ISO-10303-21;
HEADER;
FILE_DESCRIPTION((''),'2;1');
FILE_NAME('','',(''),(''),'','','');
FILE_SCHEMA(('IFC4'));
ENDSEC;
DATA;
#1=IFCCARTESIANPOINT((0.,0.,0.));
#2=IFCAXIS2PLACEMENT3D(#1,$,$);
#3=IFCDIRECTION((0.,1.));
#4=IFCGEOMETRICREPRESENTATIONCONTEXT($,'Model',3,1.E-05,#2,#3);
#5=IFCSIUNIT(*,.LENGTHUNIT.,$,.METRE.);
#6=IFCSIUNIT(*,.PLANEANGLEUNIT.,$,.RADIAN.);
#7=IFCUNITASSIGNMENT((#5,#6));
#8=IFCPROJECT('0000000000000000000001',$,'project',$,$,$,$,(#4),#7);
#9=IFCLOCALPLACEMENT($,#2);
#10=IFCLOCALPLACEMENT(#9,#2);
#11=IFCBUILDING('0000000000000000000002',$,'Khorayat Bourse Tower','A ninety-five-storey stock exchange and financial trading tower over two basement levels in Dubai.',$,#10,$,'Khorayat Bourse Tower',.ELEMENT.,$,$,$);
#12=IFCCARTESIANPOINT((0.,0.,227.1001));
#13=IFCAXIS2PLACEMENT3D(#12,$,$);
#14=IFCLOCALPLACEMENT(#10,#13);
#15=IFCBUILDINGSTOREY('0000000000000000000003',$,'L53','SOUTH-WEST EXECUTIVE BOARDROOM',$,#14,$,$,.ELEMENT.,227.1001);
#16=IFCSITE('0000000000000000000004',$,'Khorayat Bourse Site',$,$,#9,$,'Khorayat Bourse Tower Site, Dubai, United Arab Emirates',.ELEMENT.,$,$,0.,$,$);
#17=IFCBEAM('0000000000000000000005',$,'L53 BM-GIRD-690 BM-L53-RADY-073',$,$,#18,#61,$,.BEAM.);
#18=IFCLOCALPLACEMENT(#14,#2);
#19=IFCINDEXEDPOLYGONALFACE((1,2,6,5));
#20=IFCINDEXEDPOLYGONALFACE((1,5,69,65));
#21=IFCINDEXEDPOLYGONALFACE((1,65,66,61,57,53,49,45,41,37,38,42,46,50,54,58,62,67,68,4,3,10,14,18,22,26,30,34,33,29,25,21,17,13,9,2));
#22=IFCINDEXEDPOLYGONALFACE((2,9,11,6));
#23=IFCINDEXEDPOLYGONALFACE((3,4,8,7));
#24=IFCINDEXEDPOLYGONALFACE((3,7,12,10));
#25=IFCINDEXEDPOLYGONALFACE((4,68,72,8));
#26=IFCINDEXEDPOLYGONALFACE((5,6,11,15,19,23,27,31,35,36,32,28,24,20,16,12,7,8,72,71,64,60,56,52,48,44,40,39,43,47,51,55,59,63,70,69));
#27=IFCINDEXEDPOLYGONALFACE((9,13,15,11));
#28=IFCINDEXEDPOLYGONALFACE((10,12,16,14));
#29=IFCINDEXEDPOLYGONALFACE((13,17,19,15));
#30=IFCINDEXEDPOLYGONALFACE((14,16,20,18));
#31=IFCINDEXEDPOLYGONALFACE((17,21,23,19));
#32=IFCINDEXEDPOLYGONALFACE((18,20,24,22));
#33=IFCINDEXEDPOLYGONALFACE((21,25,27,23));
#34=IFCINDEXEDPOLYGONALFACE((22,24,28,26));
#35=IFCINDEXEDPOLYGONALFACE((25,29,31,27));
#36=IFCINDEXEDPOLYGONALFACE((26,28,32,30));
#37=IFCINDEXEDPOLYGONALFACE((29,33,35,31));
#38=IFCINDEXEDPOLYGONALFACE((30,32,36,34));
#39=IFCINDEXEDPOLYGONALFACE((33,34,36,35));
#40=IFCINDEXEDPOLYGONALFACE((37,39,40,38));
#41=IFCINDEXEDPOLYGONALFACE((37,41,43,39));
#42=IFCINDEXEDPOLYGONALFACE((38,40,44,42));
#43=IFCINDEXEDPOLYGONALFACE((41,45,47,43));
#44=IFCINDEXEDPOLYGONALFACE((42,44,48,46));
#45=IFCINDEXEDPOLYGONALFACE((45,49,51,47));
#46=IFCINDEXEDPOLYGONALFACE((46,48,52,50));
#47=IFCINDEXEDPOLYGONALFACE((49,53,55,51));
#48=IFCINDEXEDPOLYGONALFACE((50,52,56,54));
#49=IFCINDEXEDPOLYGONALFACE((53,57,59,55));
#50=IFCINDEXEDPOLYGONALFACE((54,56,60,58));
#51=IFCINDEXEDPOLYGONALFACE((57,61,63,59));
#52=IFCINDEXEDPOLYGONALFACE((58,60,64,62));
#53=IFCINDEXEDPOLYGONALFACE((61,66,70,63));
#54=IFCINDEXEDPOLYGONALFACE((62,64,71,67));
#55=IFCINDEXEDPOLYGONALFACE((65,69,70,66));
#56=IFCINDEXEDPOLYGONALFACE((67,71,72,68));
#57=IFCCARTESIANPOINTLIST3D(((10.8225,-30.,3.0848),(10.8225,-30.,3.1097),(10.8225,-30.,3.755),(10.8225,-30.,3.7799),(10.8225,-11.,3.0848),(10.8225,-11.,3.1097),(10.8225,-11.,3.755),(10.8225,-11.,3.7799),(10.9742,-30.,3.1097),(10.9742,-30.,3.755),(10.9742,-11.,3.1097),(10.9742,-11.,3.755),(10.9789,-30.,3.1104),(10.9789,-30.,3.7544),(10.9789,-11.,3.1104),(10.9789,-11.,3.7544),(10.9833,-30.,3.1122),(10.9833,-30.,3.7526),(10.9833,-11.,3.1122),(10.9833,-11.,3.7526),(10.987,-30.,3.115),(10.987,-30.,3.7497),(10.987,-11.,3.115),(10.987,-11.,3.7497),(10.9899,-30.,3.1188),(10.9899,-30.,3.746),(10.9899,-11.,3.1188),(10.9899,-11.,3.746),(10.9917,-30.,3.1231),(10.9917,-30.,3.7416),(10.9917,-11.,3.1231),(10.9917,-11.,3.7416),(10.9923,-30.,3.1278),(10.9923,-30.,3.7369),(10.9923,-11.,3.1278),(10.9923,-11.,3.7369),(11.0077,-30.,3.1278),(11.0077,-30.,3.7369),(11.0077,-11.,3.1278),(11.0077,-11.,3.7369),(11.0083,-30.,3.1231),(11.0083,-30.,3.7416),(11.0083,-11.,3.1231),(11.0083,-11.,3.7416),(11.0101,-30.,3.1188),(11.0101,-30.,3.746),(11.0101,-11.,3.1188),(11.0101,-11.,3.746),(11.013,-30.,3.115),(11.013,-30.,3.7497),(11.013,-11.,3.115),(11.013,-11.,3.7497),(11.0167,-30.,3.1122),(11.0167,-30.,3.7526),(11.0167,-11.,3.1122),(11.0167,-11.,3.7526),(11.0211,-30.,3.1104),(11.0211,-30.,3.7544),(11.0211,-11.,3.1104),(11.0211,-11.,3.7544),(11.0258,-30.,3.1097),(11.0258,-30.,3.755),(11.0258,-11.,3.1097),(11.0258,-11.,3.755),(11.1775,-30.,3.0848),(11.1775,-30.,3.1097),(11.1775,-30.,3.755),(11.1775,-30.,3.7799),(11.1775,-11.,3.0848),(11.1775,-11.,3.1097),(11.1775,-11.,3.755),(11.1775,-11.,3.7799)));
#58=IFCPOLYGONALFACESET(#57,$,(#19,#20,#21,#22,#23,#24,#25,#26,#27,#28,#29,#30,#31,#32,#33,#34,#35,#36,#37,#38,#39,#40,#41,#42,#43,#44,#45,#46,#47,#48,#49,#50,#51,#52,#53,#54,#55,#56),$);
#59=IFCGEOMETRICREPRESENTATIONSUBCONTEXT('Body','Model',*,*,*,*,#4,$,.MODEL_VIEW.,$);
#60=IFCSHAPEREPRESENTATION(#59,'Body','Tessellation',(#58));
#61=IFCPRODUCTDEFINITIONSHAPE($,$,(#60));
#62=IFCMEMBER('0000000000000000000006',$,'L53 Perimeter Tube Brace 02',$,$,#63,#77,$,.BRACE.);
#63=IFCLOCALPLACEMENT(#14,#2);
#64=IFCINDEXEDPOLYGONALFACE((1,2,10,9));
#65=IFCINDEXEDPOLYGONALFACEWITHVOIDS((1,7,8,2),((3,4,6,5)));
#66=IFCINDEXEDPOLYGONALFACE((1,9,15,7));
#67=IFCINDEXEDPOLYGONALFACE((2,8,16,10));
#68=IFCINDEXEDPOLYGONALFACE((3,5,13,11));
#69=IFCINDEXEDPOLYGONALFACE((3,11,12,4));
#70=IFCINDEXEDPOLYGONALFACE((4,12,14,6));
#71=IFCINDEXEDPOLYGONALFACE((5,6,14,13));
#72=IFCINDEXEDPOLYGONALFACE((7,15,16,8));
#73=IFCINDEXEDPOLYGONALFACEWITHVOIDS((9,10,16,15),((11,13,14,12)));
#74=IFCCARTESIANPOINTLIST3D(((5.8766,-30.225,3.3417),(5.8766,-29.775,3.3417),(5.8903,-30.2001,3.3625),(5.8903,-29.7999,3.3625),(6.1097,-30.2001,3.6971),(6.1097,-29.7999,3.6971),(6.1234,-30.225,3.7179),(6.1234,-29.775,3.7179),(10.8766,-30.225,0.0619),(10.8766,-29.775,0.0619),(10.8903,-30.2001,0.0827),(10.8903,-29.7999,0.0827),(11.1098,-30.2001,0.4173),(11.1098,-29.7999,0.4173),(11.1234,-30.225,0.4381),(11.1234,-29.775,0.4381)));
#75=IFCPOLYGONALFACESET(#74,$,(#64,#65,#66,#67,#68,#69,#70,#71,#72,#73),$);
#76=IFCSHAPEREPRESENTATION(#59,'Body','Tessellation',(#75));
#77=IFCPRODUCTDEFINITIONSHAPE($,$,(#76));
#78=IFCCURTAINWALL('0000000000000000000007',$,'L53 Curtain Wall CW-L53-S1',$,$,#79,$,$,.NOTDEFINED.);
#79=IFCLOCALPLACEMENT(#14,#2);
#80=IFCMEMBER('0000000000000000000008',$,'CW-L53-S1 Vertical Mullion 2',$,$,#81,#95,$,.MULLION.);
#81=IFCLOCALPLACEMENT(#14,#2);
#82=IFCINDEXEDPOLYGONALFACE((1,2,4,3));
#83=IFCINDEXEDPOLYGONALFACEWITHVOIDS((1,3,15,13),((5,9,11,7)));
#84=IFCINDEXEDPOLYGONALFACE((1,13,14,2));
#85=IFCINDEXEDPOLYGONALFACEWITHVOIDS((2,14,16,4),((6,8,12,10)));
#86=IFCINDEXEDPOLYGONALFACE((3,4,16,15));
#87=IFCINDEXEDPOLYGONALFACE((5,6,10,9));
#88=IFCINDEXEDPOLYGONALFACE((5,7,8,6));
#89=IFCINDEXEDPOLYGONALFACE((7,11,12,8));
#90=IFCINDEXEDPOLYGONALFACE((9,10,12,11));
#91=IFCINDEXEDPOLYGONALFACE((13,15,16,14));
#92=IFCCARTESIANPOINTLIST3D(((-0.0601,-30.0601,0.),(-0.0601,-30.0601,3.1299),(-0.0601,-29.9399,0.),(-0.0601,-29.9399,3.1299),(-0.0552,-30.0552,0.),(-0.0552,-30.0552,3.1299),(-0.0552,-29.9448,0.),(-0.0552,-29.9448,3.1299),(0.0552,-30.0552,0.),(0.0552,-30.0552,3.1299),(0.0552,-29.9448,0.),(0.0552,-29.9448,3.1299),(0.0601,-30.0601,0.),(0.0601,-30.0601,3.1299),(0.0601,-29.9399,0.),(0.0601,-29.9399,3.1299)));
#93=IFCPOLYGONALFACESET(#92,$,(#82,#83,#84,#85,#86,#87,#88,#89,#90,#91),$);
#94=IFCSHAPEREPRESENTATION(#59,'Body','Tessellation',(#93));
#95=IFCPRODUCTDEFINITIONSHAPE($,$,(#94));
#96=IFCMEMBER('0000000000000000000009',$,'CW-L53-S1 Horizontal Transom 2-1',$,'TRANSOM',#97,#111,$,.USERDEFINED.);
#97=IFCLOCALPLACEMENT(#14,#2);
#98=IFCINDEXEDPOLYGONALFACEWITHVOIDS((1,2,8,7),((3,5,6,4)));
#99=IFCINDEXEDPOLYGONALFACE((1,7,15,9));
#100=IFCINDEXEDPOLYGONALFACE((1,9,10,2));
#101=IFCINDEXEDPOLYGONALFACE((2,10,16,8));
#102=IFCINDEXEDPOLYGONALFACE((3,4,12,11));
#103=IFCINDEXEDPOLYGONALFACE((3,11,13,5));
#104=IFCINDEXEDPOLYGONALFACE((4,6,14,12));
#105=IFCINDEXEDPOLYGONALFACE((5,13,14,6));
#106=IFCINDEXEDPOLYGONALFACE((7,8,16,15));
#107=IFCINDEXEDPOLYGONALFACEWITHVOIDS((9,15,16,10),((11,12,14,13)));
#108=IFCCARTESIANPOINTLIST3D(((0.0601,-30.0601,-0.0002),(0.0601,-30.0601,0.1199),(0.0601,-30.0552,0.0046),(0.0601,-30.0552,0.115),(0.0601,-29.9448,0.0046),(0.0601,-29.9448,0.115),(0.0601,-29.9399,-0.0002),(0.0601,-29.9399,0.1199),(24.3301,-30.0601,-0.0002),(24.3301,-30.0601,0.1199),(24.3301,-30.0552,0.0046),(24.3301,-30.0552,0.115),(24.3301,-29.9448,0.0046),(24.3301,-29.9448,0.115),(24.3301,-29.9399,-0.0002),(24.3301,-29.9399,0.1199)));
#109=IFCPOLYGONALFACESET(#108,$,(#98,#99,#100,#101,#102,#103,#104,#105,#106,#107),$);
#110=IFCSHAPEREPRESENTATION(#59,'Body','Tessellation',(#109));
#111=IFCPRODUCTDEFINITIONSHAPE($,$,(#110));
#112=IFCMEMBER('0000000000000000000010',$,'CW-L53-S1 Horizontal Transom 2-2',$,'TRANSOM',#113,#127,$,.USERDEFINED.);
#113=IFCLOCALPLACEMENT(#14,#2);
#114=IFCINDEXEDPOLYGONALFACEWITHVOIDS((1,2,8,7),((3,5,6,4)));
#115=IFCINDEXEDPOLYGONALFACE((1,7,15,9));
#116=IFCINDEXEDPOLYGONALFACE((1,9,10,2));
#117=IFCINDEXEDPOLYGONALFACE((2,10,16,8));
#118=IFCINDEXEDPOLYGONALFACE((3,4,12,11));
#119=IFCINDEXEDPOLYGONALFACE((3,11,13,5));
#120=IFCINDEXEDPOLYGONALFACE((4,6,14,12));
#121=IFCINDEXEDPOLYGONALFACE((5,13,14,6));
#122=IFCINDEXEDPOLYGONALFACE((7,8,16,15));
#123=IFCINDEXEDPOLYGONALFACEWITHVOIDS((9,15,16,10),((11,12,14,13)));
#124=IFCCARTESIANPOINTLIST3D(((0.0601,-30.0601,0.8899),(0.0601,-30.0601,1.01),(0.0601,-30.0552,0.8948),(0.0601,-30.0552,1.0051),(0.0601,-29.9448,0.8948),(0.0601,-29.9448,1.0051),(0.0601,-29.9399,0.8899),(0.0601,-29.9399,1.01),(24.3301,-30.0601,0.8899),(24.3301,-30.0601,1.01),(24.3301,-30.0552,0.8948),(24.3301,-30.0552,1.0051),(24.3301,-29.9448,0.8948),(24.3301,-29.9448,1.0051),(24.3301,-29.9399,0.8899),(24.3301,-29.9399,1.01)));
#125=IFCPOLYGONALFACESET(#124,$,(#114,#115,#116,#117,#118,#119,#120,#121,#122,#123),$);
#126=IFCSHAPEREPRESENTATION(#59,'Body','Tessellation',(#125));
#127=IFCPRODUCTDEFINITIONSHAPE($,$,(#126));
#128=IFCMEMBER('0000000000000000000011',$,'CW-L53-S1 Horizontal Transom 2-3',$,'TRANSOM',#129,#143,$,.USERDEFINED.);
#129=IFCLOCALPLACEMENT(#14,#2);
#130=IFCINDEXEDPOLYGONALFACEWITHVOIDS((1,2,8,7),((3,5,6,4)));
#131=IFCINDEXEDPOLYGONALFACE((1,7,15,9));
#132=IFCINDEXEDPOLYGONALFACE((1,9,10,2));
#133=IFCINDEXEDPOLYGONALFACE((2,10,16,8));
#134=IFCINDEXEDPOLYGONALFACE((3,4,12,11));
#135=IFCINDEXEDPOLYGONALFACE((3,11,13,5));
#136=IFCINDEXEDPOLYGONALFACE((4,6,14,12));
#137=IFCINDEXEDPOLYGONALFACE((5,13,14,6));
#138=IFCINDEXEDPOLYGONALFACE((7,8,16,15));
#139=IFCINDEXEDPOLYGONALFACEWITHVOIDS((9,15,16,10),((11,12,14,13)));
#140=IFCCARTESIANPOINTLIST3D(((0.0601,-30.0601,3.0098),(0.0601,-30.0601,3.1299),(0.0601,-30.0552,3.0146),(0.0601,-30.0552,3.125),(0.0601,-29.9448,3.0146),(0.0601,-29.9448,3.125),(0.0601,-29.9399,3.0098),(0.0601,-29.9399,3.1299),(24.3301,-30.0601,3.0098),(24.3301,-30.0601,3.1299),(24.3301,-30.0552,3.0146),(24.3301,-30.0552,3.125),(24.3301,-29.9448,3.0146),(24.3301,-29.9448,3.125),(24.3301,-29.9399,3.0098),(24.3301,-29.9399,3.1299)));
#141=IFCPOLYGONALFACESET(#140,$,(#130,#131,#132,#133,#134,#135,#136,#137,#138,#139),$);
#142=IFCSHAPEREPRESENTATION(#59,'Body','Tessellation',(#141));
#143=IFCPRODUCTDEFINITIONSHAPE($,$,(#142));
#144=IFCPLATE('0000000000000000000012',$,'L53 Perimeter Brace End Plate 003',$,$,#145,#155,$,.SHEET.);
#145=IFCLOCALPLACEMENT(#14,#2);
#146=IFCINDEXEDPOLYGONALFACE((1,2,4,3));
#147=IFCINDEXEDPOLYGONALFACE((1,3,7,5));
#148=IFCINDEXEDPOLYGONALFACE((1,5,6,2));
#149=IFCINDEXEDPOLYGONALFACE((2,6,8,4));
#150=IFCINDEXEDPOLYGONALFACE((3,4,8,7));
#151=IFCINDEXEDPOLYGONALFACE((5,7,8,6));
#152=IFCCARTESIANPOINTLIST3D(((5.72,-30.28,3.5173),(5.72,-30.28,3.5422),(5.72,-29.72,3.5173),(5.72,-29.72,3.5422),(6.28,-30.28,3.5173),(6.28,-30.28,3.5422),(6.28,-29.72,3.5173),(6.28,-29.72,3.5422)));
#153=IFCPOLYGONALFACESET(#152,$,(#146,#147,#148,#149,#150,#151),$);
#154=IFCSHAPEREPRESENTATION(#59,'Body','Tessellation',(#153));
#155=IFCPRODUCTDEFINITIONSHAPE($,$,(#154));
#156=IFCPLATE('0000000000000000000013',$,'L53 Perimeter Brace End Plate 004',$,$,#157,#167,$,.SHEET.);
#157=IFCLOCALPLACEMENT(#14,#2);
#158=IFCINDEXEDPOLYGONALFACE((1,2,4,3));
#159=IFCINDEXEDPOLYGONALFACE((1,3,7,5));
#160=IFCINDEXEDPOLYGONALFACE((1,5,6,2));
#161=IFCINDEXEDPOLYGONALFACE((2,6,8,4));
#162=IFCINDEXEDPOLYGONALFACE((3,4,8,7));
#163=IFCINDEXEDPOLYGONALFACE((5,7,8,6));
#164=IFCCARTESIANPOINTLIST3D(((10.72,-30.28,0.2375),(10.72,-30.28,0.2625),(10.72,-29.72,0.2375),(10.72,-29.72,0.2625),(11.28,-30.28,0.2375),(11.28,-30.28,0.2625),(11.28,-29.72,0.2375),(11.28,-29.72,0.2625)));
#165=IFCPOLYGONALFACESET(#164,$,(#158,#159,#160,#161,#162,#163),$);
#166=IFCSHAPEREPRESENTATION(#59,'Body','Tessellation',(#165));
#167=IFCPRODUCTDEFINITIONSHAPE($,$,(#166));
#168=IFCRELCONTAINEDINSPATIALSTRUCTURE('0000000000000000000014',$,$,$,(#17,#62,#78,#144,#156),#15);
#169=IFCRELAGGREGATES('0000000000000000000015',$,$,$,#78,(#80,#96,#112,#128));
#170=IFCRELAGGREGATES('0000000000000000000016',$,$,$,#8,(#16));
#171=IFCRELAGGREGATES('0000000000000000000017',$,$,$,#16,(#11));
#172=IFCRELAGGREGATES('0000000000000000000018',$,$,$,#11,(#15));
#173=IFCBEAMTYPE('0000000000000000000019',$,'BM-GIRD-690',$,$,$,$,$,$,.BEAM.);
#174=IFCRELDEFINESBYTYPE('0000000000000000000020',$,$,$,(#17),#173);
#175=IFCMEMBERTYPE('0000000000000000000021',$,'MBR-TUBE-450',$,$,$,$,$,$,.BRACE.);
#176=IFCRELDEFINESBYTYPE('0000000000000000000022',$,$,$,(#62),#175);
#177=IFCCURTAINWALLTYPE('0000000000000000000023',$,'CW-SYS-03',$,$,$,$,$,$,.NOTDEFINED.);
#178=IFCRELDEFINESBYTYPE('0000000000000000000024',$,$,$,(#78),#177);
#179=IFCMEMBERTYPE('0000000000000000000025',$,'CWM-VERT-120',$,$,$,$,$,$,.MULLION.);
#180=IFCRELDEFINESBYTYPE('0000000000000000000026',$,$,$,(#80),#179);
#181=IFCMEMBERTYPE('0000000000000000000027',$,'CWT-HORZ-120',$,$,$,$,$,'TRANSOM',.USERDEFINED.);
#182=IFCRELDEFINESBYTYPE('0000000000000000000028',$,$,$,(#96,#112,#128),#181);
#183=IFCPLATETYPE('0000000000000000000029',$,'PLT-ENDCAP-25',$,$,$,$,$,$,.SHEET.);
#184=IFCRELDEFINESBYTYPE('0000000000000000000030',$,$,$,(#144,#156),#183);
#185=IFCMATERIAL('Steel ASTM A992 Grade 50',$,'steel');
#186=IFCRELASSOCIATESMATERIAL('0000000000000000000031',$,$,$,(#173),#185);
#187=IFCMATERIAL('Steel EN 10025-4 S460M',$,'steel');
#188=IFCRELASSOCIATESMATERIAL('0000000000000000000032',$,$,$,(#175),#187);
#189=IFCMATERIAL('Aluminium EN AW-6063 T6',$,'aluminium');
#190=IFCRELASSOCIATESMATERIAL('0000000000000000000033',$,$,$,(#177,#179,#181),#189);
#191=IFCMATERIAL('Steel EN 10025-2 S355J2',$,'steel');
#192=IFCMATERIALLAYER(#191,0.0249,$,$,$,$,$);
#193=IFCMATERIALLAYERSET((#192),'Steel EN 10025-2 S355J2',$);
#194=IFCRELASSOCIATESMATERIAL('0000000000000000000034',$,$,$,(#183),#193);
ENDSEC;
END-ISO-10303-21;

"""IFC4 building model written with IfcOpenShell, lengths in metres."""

from ifc_helpers import new_model, si_unit, direction, frame, origin, origin_2d, place, context, subcontext, project, spatial, rectangle, hollow_rectangle, i_section, extrude, source, transform, mapped, material, layer, layer_set, material_profile, profile_set, type_object, element, aggregate, save


model = new_model("IFC4")

# Units and contexts
model_context = context("Model", 3, precision=1e-05, world=origin(), true_north=direction((0.0, 1.0)))
body_context = subcontext(model_context, "Body", "Model", "MODEL_VIEW")
ifc_project = project(units=[si_unit("LENGTHUNIT", "METRE"), si_unit("PLANEANGLEUNIT", "RADIAN")], contexts=[model_context])

# Site, building, storey
site_placement = place(None, origin())
site = spatial("IfcSite", under=ifc_project, at=site_placement, Name="Khorayat Bourse Site", LongName="Khorayat Bourse Tower Site, Dubai, United Arab Emirates", CompositionType="ELEMENT", RefElevation=0.0)
building_placement = place(site_placement, origin())
building = spatial("IfcBuilding", under=site, at=building_placement, Name="Khorayat Bourse Tower", Description="A ninety-five-storey stock exchange and financial trading tower over two basement levels in Dubai.", LongName="Khorayat Bourse Tower", CompositionType="ELEMENT")
storey_placement = place(building_placement, frame((0.0, 0.0, 227.1001)))
storey = spatial("IfcBuildingStorey", under=building, at=storey_placement, Name="L53", Description="SOUTH-WEST EXECUTIVE BOARDROOM", CompositionType="ELEMENT", Elevation=227.1001)

# Shared definitions
ifc_material_1 = material(Name="Steel EN 10025-4 S460M", Category="steel")

# Beam
ifc_material_2 = material(Name="Steel ASTM A992 Grade 50", Category="steel")
ifc_material_profile_1 = material_profile(ifc_material_2, i_section(OverallWidth=0.355, OverallDepth=0.6951, WebThickness=0.0154, FlangeThickness=0.0249, FilletRadius=0.0181, at=origin_2d()), Name="W690X217")
ifc_profile_set_1 = profile_set([ifc_material_profile_1], Name="Steel ASTM A992 Grade 50")
beam_type_1 = type_object("IfcBeamType", Name="BM-GIRD-690", PredefinedType="BEAM", material=ifc_profile_set_1)
shared_shape_1 = source(origin(), body_context, "Body", "SweptSolid", [
    extrude(i_section(OverallWidth=0.355, OverallDepth=0.6951, WebThickness=0.0154, FlangeThickness=0.0249, FilletRadius=0.0181, at=origin_2d()), origin(), (0.0, 0.0, 1.0), 19.0),
])
for number, where, z_axis, x_axis, name in (
    (1, (11.0, -30.0, 3.4324), (0.0, 1.0, 0.0), (-1.0, 0.0, 0.0), "L53 BM-GIRD-690 BM-L53-RADY-073"),
):
    element("IfcBeam", number, at=place(storey_placement, frame(where, z_axis=z_axis, x_axis=x_axis)), inside=storey, type_object=beam_type_1, Name=name, PredefinedType="BEAM", context=body_context, shape_type="MappedRepresentation", body=[
        mapped(shared_shape_1, transform((0.0, 0.0, 0.0), scale=1.0)),
    ])

# Member
ifc_material_profile_2 = material_profile(ifc_material_1, hollow_rectangle(XDim=0.45, YDim=0.45, WallThickness=0.0249, at=origin_2d()), Name="HSS 450x450x25")
ifc_profile_set_2 = profile_set([ifc_material_profile_2], Name="Steel EN 10025-4 S460M")
member_type_1 = type_object("IfcMemberType", Name="MBR-TUBE-450", PredefinedType="BRACE", material=ifc_profile_set_2)
shared_shape_2 = source(origin(), body_context, "Body", "SweptSolid", [
    extrude(hollow_rectangle(XDim=0.45, YDim=0.45, WallThickness=0.0249, at=origin_2d()), origin(), (0.0, 0.0, 1.0), 5.9797),
])
member_1_placement = place(storey_placement, frame((6.0, -30.0, 3.5298), z_axis=(0.83616, 0.0, -0.548485), x_axis=(0.0, 1.0, 0.0)))
element("IfcMember", 2, at=member_1_placement, inside=storey, type_object=member_type_1, Name="L53 Perimeter Tube Brace 02", PredefinedType="BRACE", context=body_context, shape_type="MappedRepresentation", body=[
    mapped(shared_shape_2, transform((0.0, 0.0, 0.0), scale=1.0)),
])

# Curtain wall, members
ifc_material_3 = material(Name="Aluminium EN AW-6063 T6", Category="aluminium")
curtain_wall_type = type_object("IfcCurtainWallType", Name="CW-SYS-03", PredefinedType="NOTDEFINED", material=ifc_material_3)
curtain_wall_placement = place(storey_placement, origin())
curtain_wall = element("IfcCurtainWall", 3, at=curtain_wall_placement, inside=storey, type_object=curtain_wall_type, Name="L53 Curtain Wall CW-L53-S1", PredefinedType="NOTDEFINED")
ifc_material_profile_3 = material_profile(ifc_material_3, hollow_rectangle(XDim=0.1201, YDim=0.1201, WallThickness=0.0049, at=origin_2d()), Name="ALU 120x120x5")
ifc_profile_set_3 = profile_set([ifc_material_profile_3], Name="Aluminium EN AW-6063 T6")
member_type_2 = type_object("IfcMemberType", Name="CWM-VERT-120", PredefinedType="MULLION", material=ifc_profile_set_3)
shared_shape_3 = source(origin(), body_context, "Body", "SweptSolid", [
    extrude(hollow_rectangle(XDim=0.1201, YDim=0.1201, WallThickness=0.0049, at=origin_2d()), origin(), (0.0, 0.0, 1.0), 3.1299),
])
member_2_placement = place(storey_placement, frame((0.0, -30.0, 0.0), z_axis=(0.0, 0.0, 1.0), x_axis=(0.0, 1.0, 0.0)))
member_2 = element("IfcMember", 4, at=member_2_placement, type_object=member_type_2, Name="CW-L53-S1 Vertical Mullion 2", PredefinedType="MULLION", context=body_context, shape_type="MappedRepresentation", body=[
    mapped(shared_shape_3, transform((0.0, 0.0, 0.0), scale=1.0)),
])
ifc_material_profile_4 = material_profile(ifc_material_3, hollow_rectangle(XDim=0.1201, YDim=0.1201, WallThickness=0.0049, at=origin_2d()), Name="ALU 120x120x5")
ifc_profile_set_4 = profile_set([ifc_material_profile_4], Name="Aluminium EN AW-6063 T6")
member_type_3 = type_object("IfcMemberType", Name="CWT-HORZ-120", ElementType="TRANSOM", PredefinedType="USERDEFINED", material=ifc_profile_set_4)
shared_shape_4 = source(origin(), body_context, "Body", "SweptSolid", [
    extrude(hollow_rectangle(XDim=0.1201, YDim=0.1201, WallThickness=0.0049, at=origin_2d()), origin(), (0.0, 0.0, 1.0), 24.27),
])
member_3_placement = place(storey_placement, frame((0.0601, -30.0, 0.0598), z_axis=(1.0, 0.0, 0.0), x_axis=(0.0, 1.0, 0.0)))
member_3 = element("IfcMember", 5, at=member_3_placement, type_object=member_type_3, Name="CW-L53-S1 Horizontal Transom 2-1", ObjectType="TRANSOM", PredefinedType="USERDEFINED", context=body_context, shape_type="MappedRepresentation", body=[
    mapped(shared_shape_4, transform((0.0, 0.0, 0.0), scale=1.0)),
])
member_4_placement = place(storey_placement, frame((0.0601, -30.0, 0.95), z_axis=(1.0, 0.0, 0.0), x_axis=(0.0, 1.0, 0.0)))
member_4 = element("IfcMember", 6, at=member_4_placement, type_object=member_type_3, Name="CW-L53-S1 Horizontal Transom 2-2", ObjectType="TRANSOM", PredefinedType="USERDEFINED", context=body_context, shape_type="MappedRepresentation", body=[
    mapped(shared_shape_4, transform((0.0, 0.0, 0.0), scale=1.0)),
])
member_5_placement = place(storey_placement, frame((0.0601, -30.0, 3.0698), z_axis=(1.0, 0.0, 0.0), x_axis=(0.0, 1.0, 0.0)))
member_5 = element("IfcMember", 7, at=member_5_placement, type_object=member_type_3, Name="CW-L53-S1 Horizontal Transom 2-3", ObjectType="TRANSOM", PredefinedType="USERDEFINED", context=body_context, shape_type="MappedRepresentation", body=[
    mapped(shared_shape_4, transform((0.0, 0.0, 0.0), scale=1.0)),
])
aggregate(curtain_wall, [member_2, member_3, member_4, member_5])

# Plates
ifc_material_4 = material(Name="Steel EN 10025-2 S355J2", Category="steel")
ifc_layer_1 = layer(ifc_material_4, 0.0249)
ifc_layer_set_1 = layer_set([ifc_layer_1], Name="Steel EN 10025-2 S355J2")
plate_type = type_object("IfcPlateType", Name="PLT-ENDCAP-25", PredefinedType="SHEET", material=ifc_layer_set_1)
shared_shape_5 = source(origin(), body_context, "Body", "SweptSolid", [
    extrude(rectangle(XDim=0.5601, YDim=0.5601, at=origin_2d()), origin(), (0.0, 0.0, 1.0), 0.0249),
])
for number, where, z_axis, x_axis, name in (
    (8, (6.0, -30.0, 3.5173), (0.0, 0.0, 1.0), (1.0, 0.0, 0.0), "L53 Perimeter Brace End Plate 003"),
    (9, (11.0, -30.0, 0.2375), (0.0, 0.0, 1.0), (1.0, 0.0, 0.0), "L53 Perimeter Brace End Plate 004"),
):
    element("IfcPlate", number, at=place(storey_placement, frame(where, z_axis=z_axis, x_axis=x_axis)), inside=storey, type_object=plate_type, Name=name, PredefinedType="SHEET", context=body_context, shape_type="MappedRepresentation", body=[
        mapped(shared_shape_5, transform((0.0, 0.0, 0.0), scale=1.0)),
    ])

save(model, "model.ifc")
